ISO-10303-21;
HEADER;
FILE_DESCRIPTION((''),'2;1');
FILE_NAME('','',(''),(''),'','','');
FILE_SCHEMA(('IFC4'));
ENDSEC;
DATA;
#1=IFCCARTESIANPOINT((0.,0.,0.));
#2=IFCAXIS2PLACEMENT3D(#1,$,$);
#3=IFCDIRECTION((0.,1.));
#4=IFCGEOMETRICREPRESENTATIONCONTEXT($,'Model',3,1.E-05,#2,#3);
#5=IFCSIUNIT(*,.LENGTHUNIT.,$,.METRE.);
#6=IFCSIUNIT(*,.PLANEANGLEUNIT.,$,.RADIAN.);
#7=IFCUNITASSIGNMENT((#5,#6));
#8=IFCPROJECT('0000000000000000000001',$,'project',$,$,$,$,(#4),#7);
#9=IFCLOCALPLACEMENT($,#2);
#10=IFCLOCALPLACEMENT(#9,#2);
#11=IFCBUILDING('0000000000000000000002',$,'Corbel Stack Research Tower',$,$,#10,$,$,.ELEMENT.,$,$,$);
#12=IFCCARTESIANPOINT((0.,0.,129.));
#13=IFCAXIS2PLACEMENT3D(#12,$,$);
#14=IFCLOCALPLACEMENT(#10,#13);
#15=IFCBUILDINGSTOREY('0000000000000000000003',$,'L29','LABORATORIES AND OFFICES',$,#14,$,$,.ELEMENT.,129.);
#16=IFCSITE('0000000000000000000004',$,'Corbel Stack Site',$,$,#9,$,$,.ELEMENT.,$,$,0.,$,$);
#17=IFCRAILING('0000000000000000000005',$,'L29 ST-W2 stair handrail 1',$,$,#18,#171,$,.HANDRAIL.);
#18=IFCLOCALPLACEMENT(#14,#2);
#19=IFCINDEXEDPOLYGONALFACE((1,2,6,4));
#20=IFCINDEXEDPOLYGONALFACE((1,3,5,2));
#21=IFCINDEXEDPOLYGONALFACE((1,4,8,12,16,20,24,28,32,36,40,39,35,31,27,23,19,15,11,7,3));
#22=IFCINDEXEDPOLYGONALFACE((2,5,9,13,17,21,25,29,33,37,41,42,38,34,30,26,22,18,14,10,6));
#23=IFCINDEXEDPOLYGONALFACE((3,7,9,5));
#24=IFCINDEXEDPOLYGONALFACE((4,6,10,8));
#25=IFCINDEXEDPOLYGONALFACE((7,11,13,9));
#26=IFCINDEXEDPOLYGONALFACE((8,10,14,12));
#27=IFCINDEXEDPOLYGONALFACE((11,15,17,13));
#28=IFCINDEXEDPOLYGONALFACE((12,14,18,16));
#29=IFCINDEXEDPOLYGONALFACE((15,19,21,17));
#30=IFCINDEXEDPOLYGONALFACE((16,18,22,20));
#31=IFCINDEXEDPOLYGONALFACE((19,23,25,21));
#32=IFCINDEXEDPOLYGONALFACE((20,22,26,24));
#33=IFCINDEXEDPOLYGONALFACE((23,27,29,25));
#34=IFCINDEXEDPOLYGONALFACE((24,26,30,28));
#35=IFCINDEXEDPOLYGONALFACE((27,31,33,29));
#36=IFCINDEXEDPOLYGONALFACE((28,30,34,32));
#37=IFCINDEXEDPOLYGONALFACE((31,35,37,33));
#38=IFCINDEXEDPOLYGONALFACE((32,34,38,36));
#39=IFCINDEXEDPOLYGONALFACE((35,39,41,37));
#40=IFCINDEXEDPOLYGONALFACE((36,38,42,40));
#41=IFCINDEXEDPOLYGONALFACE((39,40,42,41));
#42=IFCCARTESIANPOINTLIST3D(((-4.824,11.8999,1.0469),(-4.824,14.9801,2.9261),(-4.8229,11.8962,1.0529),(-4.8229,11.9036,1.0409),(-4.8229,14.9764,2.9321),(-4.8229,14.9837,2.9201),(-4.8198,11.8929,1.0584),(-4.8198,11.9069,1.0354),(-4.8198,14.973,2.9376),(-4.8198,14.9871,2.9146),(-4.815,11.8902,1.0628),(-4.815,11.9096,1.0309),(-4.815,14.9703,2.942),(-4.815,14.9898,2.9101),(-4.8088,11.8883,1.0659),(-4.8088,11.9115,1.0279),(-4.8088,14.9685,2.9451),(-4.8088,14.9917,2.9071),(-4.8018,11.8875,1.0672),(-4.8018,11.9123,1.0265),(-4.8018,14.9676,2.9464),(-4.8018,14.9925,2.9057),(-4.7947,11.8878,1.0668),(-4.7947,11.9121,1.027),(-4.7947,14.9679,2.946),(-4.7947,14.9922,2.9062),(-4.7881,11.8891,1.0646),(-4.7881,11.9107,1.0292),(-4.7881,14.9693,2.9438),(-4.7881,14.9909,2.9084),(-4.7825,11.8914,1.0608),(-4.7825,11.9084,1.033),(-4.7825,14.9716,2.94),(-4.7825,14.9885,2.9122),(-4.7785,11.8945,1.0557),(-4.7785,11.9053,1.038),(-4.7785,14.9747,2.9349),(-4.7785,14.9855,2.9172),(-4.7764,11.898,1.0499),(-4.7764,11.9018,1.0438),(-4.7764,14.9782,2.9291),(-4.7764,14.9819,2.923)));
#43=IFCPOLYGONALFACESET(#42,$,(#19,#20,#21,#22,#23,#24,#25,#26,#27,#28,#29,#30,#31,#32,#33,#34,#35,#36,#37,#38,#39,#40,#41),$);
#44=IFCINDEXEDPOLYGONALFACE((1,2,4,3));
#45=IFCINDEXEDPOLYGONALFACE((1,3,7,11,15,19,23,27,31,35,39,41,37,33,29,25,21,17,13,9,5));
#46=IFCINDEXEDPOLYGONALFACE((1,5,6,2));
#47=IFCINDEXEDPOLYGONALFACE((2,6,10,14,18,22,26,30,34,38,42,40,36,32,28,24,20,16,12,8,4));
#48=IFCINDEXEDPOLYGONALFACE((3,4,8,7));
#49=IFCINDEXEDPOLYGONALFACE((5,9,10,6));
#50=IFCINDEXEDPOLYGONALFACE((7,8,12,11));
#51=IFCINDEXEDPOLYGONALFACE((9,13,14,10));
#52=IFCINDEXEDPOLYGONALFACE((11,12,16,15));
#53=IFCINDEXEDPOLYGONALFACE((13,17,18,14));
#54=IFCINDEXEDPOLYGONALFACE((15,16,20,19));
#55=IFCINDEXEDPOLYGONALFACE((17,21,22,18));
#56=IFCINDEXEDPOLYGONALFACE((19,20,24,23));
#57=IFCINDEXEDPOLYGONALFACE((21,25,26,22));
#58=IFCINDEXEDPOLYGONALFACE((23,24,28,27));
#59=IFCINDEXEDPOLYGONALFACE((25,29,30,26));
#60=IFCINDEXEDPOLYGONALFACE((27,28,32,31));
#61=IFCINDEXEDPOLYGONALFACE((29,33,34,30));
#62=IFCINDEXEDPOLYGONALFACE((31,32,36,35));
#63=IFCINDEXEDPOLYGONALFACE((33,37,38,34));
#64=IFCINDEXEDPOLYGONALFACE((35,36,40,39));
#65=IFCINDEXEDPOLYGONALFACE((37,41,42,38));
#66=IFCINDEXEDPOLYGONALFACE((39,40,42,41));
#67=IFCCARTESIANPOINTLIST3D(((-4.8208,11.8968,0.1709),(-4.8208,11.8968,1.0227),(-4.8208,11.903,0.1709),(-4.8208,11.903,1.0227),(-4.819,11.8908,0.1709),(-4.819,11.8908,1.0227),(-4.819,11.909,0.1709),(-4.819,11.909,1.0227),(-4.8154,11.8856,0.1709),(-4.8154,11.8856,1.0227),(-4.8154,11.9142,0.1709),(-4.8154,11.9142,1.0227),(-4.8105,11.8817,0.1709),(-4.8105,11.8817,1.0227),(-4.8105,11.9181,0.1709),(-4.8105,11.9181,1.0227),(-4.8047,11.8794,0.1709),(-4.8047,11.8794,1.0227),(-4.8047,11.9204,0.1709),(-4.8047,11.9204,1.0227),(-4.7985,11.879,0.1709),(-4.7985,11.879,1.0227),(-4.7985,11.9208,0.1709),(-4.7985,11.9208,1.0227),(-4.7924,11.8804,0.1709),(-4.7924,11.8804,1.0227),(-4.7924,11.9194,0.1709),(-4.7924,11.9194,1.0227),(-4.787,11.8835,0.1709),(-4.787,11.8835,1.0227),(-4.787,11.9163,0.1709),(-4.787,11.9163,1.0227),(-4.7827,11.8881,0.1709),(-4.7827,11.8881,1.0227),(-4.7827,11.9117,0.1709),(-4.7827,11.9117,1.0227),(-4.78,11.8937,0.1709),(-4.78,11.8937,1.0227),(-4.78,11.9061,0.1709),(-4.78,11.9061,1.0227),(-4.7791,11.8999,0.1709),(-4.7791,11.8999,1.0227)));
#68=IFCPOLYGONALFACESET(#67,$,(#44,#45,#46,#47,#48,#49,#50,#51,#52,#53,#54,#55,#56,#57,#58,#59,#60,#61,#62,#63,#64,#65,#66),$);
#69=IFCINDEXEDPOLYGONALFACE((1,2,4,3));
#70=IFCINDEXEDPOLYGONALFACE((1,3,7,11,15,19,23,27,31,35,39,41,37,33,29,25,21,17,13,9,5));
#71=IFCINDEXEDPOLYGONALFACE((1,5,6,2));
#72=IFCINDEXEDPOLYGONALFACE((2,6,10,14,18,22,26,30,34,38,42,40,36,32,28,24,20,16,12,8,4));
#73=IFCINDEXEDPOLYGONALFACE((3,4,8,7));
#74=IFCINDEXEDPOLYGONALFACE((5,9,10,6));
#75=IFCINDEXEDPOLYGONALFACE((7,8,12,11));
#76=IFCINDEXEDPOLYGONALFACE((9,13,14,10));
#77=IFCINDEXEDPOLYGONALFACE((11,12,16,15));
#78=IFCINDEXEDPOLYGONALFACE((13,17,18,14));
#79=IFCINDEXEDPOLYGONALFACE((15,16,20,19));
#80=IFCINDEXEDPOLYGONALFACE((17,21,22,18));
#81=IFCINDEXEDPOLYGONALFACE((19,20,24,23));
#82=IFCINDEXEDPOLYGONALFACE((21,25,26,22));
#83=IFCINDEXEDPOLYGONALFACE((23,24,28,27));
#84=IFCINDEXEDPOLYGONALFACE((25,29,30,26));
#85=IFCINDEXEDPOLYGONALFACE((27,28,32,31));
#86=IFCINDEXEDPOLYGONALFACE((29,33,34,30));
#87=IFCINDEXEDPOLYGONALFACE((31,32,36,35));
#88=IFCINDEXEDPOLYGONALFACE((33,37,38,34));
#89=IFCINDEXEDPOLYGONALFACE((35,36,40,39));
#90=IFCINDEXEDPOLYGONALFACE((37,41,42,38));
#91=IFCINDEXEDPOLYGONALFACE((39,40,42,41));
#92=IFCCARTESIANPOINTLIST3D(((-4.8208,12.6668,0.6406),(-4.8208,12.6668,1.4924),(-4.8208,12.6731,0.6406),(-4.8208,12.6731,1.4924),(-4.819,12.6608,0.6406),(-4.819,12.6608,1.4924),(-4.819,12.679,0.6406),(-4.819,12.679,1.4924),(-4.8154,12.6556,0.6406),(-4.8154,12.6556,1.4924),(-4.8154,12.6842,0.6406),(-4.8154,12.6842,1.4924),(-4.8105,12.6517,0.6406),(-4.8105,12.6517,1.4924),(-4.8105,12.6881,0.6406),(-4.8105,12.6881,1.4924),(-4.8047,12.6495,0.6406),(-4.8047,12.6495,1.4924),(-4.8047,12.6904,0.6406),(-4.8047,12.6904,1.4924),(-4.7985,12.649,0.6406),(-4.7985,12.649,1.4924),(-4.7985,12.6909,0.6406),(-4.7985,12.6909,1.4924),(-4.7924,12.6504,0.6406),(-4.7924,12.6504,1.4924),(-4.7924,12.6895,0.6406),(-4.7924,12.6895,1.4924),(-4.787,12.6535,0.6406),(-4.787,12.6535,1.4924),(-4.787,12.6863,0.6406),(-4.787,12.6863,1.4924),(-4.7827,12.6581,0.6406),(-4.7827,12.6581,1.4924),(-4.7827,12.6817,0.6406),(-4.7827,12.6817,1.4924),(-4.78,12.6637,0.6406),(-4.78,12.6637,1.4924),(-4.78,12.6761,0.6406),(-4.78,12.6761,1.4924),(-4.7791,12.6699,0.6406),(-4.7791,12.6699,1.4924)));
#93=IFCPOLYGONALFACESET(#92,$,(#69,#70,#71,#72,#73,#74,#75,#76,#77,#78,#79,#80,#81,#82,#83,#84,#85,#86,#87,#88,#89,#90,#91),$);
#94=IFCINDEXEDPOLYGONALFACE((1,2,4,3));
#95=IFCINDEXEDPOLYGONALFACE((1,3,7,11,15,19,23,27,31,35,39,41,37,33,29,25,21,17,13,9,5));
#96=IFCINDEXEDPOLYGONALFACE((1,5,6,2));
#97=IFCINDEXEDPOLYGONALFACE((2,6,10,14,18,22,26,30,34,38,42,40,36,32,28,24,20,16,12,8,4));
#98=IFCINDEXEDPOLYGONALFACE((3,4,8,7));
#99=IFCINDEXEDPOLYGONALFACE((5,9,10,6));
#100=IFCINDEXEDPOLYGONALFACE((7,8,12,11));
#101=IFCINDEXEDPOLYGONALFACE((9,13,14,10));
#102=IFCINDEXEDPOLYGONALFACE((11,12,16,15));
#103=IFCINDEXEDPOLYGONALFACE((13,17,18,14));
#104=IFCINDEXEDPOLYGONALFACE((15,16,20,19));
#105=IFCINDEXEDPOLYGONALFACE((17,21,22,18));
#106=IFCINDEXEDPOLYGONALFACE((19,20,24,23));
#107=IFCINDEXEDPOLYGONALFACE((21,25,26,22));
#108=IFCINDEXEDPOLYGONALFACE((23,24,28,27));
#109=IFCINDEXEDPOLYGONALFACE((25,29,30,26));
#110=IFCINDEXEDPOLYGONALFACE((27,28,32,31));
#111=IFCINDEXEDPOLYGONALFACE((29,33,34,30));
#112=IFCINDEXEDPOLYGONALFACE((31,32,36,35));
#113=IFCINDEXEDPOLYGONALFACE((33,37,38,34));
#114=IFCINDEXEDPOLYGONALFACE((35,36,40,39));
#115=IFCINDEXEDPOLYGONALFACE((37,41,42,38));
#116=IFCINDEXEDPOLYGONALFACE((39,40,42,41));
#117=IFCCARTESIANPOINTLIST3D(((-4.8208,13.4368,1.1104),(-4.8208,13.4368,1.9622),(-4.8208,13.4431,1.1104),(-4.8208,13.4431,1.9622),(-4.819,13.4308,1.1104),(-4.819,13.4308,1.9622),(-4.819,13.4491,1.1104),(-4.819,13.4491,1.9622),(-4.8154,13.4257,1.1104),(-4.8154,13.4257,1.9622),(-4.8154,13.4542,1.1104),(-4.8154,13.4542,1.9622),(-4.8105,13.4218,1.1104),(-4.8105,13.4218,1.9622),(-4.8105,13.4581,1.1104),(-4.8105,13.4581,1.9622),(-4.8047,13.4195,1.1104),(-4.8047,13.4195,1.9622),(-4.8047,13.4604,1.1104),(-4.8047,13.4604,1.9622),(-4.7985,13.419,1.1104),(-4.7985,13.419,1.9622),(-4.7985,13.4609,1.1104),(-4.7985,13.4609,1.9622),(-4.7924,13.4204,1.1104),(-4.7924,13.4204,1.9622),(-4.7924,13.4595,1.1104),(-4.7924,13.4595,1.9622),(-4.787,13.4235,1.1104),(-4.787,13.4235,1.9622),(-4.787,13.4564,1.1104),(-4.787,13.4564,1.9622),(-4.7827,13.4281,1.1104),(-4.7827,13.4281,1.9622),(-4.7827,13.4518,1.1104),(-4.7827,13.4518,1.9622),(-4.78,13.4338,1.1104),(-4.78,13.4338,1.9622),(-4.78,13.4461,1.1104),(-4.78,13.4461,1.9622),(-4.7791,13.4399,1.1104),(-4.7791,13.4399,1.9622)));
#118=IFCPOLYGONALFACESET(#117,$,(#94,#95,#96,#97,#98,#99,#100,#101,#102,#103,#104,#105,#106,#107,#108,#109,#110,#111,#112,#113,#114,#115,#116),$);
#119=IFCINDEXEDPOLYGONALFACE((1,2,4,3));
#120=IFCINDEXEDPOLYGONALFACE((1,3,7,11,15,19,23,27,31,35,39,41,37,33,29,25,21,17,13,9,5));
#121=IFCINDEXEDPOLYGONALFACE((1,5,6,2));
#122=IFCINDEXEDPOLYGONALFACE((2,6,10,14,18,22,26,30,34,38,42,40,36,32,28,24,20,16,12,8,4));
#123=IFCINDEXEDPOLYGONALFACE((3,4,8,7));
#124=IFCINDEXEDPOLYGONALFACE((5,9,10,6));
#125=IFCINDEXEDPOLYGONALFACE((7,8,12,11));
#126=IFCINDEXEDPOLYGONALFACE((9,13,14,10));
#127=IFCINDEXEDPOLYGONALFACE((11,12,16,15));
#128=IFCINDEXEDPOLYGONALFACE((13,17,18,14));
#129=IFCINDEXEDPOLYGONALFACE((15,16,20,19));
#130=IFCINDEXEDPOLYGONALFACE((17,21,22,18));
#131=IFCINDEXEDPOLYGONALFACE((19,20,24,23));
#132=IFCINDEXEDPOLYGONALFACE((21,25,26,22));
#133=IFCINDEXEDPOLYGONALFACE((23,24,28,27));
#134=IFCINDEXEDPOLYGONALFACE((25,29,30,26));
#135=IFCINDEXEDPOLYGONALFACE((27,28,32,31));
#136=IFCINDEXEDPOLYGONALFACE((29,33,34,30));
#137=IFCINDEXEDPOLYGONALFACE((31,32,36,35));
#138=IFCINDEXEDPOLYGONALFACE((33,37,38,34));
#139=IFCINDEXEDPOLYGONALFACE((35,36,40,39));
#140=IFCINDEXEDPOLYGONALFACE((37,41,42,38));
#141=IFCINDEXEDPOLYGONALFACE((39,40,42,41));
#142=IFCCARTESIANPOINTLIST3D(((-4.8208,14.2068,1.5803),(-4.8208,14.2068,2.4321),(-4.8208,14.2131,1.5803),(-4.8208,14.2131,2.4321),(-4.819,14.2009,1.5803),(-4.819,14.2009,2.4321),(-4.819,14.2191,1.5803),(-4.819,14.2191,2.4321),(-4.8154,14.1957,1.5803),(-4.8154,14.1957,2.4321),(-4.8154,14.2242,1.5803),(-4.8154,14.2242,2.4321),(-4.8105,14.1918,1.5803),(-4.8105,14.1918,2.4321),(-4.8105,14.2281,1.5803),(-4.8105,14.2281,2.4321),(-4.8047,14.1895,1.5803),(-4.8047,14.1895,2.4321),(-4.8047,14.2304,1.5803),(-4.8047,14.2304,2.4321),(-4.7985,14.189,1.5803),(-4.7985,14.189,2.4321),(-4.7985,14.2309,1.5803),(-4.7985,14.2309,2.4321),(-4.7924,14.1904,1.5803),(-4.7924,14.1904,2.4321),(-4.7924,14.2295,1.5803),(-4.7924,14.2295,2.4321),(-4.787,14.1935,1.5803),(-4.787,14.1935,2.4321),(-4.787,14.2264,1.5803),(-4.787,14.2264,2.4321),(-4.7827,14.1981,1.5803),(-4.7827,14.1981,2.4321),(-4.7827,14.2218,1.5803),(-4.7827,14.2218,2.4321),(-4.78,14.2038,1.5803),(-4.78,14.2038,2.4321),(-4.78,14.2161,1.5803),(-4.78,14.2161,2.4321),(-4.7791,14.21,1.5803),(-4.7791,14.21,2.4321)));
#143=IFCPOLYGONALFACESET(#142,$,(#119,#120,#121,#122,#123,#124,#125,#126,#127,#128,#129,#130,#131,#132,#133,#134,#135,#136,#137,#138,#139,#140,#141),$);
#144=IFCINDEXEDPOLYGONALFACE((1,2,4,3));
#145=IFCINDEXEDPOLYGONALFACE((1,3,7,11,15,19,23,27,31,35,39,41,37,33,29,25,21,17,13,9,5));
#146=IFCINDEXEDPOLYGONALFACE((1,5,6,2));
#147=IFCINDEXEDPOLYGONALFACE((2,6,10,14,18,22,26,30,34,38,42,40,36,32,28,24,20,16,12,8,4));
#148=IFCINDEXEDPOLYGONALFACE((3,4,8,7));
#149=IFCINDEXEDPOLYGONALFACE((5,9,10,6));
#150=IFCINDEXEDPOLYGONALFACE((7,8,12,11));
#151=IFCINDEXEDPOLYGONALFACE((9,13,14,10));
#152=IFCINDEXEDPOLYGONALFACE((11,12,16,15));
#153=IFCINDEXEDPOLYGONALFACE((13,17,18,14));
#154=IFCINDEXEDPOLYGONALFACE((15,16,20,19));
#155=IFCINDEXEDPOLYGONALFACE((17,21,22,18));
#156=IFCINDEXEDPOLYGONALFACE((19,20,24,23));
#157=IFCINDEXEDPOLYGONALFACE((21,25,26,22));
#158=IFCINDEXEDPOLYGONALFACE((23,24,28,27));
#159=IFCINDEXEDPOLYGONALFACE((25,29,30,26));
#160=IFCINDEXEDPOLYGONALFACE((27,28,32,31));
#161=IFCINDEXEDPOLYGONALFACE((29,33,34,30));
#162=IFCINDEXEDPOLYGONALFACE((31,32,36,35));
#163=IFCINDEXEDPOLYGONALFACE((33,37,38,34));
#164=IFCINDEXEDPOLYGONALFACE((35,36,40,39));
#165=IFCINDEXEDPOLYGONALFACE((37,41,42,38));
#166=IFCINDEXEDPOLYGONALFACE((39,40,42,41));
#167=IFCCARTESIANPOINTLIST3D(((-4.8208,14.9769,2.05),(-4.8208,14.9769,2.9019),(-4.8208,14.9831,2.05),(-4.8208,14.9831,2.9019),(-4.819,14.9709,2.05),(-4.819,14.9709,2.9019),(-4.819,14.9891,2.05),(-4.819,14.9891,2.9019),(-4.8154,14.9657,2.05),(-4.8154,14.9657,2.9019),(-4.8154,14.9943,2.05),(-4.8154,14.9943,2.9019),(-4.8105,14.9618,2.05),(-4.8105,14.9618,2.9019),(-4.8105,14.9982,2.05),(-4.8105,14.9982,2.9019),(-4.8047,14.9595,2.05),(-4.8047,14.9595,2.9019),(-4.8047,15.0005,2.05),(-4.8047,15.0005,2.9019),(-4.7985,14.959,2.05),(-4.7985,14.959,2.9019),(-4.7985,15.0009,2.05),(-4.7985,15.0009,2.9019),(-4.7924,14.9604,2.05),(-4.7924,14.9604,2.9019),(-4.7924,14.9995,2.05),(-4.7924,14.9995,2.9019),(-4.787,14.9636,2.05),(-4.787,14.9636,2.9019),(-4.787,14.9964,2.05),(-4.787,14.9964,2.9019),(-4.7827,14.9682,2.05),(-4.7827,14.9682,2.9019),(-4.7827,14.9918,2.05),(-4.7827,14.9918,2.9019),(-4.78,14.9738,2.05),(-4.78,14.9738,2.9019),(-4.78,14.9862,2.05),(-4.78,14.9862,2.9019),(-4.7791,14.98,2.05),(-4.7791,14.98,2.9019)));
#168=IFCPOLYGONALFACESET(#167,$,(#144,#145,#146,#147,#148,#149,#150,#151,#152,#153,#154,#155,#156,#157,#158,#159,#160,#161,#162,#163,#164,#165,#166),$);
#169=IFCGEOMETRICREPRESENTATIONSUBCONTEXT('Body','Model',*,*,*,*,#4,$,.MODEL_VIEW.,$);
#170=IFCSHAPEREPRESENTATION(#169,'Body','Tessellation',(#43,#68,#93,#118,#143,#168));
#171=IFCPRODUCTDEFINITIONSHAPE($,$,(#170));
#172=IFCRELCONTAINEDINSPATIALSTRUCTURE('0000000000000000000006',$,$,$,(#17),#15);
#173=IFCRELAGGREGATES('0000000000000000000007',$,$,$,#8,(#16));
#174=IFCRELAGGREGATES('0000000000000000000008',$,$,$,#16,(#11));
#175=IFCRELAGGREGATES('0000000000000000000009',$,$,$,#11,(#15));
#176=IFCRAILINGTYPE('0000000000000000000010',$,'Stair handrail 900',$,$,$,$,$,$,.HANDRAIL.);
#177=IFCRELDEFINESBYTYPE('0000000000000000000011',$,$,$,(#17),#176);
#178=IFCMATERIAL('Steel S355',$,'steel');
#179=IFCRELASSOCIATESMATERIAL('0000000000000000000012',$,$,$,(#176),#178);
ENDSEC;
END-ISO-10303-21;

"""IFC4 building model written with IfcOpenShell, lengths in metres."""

from ifc_helpers import new_model, si_unit, direction, frame, origin, origin_2d, place, context, subcontext, project, spatial, circle, extrude, material, type_object, element, save


model = new_model("IFC4")

# Units and contexts
model_context = context("Model", 3, precision=1e-05, world=origin(), true_north=direction((0.0, 1.0)))
body_context = subcontext(model_context, "Body", "Model", "MODEL_VIEW")
ifc_project = project(units=[si_unit("LENGTHUNIT", "METRE"), si_unit("PLANEANGLEUNIT", "RADIAN")], contexts=[model_context])

# Site, building, storey
site_placement = place(None, origin())
site = spatial("IfcSite", under=ifc_project, at=site_placement, Name="Corbel Stack Site", CompositionType="ELEMENT", RefElevation=0.0)
building_placement = place(site_placement, origin())
building = spatial("IfcBuilding", under=site, at=building_placement, Name="Corbel Stack Research Tower", CompositionType="ELEMENT")
storey_placement = place(building_placement, frame((0.0, 0.0, 129.0)))
storey = spatial("IfcBuildingStorey", under=building, at=storey_placement, Name="L29", Description="LABORATORIES AND OFFICES", CompositionType="ELEMENT", Elevation=129.0)

# Railing
ifc_material_1 = material(Name="Steel S355", Category="steel")
railing_type_1 = type_object("IfcRailingType", Name="Stair handrail 900", PredefinedType="HANDRAIL", material=ifc_material_1)
railing_1_placement = place(storey_placement, frame((-4.8, 11.8999, 0.1709)))
element("IfcRailing", 1, at=railing_1_placement, inside=storey, type_object=railing_type_1, Name="L29 ST-W2 stair handrail 1", PredefinedType="HANDRAIL", context=body_context, shape_type="SweptSolid", body=[
    extrude(circle(Radius=0.0239, at=origin_2d()), frame((0.0, 0.0, 0.876), z_axis=(0.0, 0.853666, 0.52082), x_axis=(-1.0, 0.0, 0.0)), (0.0, 0.0, 1.0), 3.6082),
    extrude(circle(Radius=0.021, at=origin_2d()), origin(), (0.0, 0.0, 1.0), 0.8518),
    extrude(circle(Radius=0.021, at=origin_2d()), frame((0.0, 0.77, 0.4697)), (0.0, 0.0, 1.0), 0.8518),
    extrude(circle(Radius=0.021, at=origin_2d()), frame((0.0, 1.54, 0.9395)), (0.0, 0.0, 1.0), 0.8518),
    extrude(circle(Radius=0.021, at=origin_2d()), frame((0.0, 2.3101, 1.4094)), (0.0, 0.0, 1.0), 0.8518),
    extrude(circle(Radius=0.021, at=origin_2d()), frame((0.0, 3.0801, 1.8792)), (0.0, 0.0, 1.0), 0.8518),
])

save(model, "model.ifc")
